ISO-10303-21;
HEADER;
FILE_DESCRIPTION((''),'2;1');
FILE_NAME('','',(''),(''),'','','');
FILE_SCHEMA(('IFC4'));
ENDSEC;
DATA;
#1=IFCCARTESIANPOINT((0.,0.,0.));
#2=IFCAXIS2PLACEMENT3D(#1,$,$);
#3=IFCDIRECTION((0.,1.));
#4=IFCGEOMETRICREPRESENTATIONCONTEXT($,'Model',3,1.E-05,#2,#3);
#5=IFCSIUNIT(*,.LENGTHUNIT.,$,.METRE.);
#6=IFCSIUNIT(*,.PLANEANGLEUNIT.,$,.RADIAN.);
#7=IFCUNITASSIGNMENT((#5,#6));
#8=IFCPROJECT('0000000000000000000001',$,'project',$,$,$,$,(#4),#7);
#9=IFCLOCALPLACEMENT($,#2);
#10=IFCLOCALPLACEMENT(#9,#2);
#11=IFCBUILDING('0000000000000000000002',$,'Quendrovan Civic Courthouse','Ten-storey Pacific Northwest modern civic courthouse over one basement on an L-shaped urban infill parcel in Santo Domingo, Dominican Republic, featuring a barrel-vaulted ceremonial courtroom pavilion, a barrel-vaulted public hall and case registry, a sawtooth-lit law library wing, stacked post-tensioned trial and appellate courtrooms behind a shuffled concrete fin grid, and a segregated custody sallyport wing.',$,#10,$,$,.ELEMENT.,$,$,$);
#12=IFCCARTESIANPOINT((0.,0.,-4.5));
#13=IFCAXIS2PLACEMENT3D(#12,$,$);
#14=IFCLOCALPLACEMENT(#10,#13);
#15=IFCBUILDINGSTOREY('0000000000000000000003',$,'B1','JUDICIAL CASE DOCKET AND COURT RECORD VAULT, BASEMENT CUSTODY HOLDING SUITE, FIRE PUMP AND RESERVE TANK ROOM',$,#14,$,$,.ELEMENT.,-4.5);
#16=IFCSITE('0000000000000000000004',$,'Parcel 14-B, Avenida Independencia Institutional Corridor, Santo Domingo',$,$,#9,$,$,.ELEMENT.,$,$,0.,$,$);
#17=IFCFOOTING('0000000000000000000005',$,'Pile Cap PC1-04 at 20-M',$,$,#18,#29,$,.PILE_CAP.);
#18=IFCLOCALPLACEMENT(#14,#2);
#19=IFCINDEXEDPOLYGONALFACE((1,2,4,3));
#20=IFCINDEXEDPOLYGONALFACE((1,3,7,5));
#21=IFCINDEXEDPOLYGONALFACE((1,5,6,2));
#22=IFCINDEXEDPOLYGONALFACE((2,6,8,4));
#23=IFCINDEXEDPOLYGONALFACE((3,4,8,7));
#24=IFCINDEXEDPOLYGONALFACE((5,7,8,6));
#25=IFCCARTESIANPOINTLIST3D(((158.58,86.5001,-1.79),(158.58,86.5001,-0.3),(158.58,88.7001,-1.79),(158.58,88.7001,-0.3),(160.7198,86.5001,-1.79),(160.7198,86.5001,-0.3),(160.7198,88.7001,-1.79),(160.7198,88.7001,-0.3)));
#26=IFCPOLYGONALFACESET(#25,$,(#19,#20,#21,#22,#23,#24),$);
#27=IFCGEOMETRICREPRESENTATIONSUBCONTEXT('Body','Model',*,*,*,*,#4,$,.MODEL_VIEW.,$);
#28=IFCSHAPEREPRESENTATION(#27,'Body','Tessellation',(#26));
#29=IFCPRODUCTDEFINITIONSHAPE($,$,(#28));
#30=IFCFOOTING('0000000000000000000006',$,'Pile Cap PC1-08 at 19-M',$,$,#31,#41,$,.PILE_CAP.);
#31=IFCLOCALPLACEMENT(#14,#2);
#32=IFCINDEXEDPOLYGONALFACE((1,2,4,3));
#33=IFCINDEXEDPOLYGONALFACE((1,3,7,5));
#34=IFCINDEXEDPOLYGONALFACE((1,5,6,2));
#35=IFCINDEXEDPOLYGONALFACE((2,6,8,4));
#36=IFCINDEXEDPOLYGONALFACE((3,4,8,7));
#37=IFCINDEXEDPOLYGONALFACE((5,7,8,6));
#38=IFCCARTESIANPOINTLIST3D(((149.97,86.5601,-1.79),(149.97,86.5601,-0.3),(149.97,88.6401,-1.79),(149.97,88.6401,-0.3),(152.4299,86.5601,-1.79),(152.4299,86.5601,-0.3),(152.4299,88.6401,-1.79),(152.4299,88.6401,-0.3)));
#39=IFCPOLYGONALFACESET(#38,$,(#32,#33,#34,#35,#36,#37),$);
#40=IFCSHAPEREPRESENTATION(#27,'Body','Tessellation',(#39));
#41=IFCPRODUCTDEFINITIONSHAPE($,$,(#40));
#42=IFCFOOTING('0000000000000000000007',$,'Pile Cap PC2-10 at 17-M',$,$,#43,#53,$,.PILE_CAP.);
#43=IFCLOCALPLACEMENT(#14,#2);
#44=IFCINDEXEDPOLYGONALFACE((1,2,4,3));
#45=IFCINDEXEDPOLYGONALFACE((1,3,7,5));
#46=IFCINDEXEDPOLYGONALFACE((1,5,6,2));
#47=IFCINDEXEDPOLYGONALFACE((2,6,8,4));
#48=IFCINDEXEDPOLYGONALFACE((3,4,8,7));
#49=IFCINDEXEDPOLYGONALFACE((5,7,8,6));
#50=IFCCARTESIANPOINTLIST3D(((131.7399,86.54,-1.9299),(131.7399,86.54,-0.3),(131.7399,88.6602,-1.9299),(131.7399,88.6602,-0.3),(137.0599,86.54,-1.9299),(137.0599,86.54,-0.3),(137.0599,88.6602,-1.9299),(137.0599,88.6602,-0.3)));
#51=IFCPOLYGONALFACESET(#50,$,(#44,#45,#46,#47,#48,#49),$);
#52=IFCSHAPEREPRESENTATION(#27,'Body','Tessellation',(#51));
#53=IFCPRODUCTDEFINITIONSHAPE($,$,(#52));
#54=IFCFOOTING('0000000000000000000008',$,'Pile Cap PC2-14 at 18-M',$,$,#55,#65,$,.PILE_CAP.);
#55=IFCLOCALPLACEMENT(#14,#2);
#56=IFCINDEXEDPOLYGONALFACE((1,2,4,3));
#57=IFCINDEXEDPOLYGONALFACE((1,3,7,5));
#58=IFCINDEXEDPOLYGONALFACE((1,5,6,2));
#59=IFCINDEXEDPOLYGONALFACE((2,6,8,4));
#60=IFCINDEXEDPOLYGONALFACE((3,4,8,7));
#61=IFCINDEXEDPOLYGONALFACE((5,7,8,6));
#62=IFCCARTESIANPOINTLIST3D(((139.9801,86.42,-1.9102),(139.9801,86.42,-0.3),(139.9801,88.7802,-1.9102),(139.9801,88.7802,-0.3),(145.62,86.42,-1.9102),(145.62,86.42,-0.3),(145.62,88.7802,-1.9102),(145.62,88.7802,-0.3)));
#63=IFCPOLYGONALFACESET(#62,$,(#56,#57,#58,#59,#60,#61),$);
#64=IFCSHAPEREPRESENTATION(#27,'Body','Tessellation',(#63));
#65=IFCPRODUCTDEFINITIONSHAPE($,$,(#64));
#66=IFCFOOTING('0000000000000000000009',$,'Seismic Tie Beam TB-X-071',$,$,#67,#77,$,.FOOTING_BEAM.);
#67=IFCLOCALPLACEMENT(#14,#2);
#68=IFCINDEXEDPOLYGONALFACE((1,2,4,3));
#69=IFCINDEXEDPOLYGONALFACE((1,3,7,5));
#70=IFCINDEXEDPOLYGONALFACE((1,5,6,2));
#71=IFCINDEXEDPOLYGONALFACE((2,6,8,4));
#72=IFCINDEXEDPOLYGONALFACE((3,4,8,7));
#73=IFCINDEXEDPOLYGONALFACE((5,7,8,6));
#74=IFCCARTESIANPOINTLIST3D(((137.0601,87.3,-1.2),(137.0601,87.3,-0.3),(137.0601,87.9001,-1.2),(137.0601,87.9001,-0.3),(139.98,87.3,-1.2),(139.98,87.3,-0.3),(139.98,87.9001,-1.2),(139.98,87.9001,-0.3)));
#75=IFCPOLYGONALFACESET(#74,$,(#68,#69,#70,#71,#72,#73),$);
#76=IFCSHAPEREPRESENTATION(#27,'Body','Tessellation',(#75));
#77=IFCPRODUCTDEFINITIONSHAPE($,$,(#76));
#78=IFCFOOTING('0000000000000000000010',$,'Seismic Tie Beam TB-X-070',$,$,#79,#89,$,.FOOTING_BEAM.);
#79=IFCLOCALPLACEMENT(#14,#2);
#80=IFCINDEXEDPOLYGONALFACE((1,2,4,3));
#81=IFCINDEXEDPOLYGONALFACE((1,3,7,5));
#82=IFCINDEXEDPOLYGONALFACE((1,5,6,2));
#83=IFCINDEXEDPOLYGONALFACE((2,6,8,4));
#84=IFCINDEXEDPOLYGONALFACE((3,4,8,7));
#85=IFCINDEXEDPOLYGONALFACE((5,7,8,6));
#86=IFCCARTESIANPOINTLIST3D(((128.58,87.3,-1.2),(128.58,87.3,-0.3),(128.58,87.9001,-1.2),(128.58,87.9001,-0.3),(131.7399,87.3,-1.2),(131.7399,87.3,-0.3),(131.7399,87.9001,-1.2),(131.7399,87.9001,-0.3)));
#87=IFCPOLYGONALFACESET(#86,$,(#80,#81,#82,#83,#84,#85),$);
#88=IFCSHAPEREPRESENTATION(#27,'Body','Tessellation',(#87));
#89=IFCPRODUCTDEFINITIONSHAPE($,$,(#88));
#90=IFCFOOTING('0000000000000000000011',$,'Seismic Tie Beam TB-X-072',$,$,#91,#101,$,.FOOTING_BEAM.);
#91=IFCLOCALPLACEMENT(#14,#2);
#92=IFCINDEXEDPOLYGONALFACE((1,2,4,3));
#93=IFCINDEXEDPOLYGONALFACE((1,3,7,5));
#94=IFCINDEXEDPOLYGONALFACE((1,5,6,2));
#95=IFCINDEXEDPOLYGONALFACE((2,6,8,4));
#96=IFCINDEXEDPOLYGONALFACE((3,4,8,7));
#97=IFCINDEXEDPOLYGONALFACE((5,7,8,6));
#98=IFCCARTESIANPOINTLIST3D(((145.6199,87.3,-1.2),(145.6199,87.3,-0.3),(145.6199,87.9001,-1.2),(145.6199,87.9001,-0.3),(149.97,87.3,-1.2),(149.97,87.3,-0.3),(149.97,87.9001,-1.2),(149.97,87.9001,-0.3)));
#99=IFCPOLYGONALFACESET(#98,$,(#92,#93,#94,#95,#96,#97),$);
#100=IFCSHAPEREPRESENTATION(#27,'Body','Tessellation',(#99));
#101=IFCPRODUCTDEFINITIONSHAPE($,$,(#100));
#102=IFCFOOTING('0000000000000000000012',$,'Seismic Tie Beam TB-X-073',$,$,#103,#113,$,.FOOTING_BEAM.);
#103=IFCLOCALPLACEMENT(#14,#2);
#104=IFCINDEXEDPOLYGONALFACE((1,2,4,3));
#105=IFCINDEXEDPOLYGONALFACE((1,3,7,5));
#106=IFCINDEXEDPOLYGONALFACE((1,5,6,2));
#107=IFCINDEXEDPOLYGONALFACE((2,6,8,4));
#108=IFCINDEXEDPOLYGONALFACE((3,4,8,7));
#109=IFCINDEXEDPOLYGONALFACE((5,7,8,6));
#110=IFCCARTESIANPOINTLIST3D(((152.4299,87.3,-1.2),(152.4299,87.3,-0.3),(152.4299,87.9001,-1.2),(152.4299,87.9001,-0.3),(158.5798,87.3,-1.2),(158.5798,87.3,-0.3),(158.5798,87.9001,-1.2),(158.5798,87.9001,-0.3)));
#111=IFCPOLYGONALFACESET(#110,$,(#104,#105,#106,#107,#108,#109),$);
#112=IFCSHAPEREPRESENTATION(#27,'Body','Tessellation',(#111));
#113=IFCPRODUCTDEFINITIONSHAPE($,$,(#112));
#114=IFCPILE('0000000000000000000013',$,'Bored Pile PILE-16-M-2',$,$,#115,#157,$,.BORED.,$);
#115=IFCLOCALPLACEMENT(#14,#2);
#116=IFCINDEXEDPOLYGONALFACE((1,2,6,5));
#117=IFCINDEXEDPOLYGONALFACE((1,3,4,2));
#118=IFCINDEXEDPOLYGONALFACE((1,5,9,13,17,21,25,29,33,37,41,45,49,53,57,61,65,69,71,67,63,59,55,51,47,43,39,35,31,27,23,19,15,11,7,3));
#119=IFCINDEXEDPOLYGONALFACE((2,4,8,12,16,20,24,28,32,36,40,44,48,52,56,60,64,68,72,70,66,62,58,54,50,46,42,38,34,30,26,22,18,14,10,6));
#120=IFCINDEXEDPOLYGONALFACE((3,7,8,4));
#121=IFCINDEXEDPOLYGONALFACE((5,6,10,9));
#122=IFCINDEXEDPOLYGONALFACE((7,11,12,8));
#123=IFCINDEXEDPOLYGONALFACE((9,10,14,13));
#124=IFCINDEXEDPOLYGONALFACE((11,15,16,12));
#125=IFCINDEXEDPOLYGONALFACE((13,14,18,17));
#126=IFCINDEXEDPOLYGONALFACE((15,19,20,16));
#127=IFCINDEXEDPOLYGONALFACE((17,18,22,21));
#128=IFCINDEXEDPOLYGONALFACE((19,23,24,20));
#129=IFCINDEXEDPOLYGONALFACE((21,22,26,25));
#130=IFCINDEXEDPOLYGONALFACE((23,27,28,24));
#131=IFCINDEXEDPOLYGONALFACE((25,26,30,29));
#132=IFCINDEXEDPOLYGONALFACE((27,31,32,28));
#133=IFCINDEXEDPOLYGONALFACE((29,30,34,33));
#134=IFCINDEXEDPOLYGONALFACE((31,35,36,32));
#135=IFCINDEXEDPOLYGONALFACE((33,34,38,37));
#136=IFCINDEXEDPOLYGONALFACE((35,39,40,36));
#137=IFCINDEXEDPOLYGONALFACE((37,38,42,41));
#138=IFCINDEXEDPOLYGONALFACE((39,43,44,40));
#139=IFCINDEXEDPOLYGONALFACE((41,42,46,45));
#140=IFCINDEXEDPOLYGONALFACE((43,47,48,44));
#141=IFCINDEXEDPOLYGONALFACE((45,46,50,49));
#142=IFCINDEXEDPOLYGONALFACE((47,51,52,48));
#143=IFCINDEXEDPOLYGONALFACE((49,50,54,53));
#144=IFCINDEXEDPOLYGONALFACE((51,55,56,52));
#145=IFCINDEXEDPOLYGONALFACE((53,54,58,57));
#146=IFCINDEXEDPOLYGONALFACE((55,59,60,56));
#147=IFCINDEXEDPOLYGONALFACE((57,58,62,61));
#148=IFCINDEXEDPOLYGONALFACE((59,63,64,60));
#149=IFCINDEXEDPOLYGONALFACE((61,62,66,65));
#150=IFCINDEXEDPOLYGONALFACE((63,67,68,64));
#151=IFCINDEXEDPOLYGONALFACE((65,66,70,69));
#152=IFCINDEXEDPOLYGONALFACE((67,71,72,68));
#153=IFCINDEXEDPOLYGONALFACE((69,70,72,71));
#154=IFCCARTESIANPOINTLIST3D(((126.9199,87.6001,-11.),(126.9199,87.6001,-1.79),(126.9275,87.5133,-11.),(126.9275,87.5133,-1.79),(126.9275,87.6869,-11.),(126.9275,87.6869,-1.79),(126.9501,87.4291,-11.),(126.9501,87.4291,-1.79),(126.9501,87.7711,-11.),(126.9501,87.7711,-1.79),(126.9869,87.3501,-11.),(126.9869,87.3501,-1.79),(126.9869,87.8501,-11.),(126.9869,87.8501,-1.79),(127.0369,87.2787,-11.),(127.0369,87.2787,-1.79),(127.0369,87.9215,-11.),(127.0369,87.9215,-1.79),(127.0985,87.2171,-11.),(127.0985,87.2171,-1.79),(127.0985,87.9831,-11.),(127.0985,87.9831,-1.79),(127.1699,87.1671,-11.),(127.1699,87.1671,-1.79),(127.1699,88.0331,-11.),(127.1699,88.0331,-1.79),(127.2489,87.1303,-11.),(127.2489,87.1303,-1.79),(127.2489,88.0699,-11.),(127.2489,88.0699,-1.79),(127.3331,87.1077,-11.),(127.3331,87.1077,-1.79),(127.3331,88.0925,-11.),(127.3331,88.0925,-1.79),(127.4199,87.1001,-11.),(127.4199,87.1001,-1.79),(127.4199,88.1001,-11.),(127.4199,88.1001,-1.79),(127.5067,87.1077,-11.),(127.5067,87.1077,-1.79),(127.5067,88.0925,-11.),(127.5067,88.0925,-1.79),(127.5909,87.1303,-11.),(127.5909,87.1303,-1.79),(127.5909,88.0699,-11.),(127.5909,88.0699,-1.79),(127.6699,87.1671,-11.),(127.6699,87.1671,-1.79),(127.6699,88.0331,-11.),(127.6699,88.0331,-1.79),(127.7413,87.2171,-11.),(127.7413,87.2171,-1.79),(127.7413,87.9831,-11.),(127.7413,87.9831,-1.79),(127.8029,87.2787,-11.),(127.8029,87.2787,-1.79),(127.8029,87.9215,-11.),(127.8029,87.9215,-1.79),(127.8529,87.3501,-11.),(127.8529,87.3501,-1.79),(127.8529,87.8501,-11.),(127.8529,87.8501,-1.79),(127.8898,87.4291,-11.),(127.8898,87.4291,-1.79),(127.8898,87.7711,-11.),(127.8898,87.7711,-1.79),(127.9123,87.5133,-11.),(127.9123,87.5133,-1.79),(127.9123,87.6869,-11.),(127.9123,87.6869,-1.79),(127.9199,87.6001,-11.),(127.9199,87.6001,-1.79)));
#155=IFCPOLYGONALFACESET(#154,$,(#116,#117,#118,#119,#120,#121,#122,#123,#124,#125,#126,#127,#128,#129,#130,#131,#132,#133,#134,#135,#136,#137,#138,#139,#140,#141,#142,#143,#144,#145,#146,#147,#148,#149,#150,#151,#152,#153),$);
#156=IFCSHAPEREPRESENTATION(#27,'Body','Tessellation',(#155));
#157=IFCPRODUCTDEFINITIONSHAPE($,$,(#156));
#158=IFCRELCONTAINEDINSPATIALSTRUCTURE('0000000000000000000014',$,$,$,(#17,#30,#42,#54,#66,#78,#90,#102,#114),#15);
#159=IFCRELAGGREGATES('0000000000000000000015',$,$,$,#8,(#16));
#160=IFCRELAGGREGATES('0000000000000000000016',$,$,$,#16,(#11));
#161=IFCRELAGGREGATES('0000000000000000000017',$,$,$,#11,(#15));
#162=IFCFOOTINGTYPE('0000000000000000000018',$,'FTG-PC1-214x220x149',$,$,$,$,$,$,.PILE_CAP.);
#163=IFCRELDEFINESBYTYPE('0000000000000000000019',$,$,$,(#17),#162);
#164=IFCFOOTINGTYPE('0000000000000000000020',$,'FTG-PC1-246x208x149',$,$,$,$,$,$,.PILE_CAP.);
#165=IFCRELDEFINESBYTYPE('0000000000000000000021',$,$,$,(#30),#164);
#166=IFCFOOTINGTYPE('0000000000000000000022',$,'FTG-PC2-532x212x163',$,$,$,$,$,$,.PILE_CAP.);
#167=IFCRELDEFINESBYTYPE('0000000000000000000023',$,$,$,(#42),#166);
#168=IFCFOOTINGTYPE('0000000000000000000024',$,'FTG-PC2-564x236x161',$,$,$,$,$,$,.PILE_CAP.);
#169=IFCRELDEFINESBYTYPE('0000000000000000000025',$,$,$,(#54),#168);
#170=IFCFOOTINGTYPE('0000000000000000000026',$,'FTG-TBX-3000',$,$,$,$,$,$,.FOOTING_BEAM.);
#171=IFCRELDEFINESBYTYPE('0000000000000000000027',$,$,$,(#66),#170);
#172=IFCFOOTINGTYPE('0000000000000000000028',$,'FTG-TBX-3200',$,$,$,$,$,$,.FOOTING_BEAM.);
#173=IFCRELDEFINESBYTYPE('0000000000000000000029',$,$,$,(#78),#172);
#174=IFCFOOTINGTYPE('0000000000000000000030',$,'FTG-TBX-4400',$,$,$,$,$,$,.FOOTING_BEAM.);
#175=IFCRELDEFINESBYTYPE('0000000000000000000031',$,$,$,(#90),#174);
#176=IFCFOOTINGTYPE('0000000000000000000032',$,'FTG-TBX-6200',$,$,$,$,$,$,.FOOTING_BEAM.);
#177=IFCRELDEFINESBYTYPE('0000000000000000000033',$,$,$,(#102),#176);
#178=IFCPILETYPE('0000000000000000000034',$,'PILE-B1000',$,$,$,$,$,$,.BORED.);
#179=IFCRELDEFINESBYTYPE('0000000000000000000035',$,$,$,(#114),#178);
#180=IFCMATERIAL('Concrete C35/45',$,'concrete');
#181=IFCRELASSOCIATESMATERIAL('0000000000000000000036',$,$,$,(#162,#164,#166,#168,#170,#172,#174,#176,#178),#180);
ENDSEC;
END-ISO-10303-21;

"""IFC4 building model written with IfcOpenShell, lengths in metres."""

from ifc_helpers import new_model, si_unit, direction, frame, origin, origin_2d, place, context, subcontext, project, spatial, rectangle, circle, extrude, material, material_profile, profile_set, type_object, element, save


model = new_model("IFC4")

# Units and contexts
model_context = context("Model", 3, precision=1e-05, world=origin(), true_north=direction((0.0, 1.0)))
body_context = subcontext(model_context, "Body", "Model", "MODEL_VIEW")
ifc_project = project(units=[si_unit("LENGTHUNIT", "METRE"), si_unit("PLANEANGLEUNIT", "RADIAN")], contexts=[model_context])

# Site, building, storey
site_placement = place(None, origin())
site = spatial("IfcSite", under=ifc_project, at=site_placement, Name="Parcel 14-B, Avenida Independencia Institutional Corridor, Santo Domingo", CompositionType="ELEMENT", RefElevation=0.0)
building_placement = place(site_placement, origin())
building = spatial("IfcBuilding", under=site, at=building_placement, Name="Quendrovan Civic Courthouse", Description="Ten-storey Pacific Northwest modern civic courthouse over one basement on an L-shaped urban infill parcel in Santo Domingo, Dominican Republic, featuring a barrel-vaulted ceremonial courtroom pavilion, a barrel-vaulted public hall and case registry, a sawtooth-lit law library wing, stacked post-tensioned trial and appellate courtrooms behind a shuffled concrete fin grid, and a segregated custody sallyport wing.", CompositionType="ELEMENT")
storey_placement = place(building_placement, frame((0.0, 0.0, -4.5)))
storey = spatial("IfcBuildingStorey", under=building, at=storey_placement, Name="B1", Description="JUDICIAL CASE DOCKET AND COURT RECORD VAULT, BASEMENT CUSTODY HOLDING SUITE, FIRE PUMP AND RESERVE TANK ROOM", CompositionType="ELEMENT", Elevation=-4.5)

# Footings
ifc_material_1 = material(Name="Concrete C35/45", Category="concrete")
footing_type_1 = type_object("IfcFootingType", Name="FTG-PC1-214x220x149", PredefinedType="PILE_CAP", material=ifc_material_1)
footing_1_placement = place(storey_placement, frame((159.6499, 87.6001, -1.79), z_axis=(0.0, 0.0, 1.0), x_axis=(1.0, 0.0, 0.0)))
element("IfcFooting", 1, at=footing_1_placement, inside=storey, type_object=footing_type_1, Name="Pile Cap PC1-04 at 20-M", PredefinedType="PILE_CAP", context=body_context, shape_type="SweptSolid", body=[
    extrude(rectangle(XDim=2.1399, YDim=2.2, at=origin_2d()), origin(), (0.0, 0.0, 1.0), 1.49),
])
footing_type_2 = type_object("IfcFootingType", Name="FTG-PC1-246x208x149", PredefinedType="PILE_CAP", material=ifc_material_1)
footing_2_placement = place(storey_placement, frame((151.2, 87.6001, -1.79), z_axis=(0.0, 0.0, 1.0), x_axis=(1.0, 0.0, 0.0)))
element("IfcFooting", 2, at=footing_2_placement, inside=storey, type_object=footing_type_2, Name="Pile Cap PC1-08 at 19-M", PredefinedType="PILE_CAP", context=body_context, shape_type="SweptSolid", body=[
    extrude(rectangle(XDim=2.46, YDim=2.0801, at=origin_2d()), origin(), (0.0, 0.0, 1.0), 1.49),
])
footing_type_3 = type_object("IfcFootingType", Name="FTG-PC2-532x212x163", PredefinedType="PILE_CAP", material=ifc_material_1)
footing_3_placement = place(storey_placement, frame((134.3999, 87.6001, -1.9299), z_axis=(0.0, 0.0, 1.0), x_axis=(1.0, 0.0, 0.0)))
element("IfcFooting", 3, at=footing_3_placement, inside=storey, type_object=footing_type_3, Name="Pile Cap PC2-10 at 17-M", PredefinedType="PILE_CAP", context=body_context, shape_type="SweptSolid", body=[
    extrude(rectangle(XDim=5.3201, YDim=2.1201, at=origin_2d()), origin(), (0.0, 0.0, 1.0), 1.6299),
])
footing_type_4 = type_object("IfcFootingType", Name="FTG-PC2-564x236x161", PredefinedType="PILE_CAP", material=ifc_material_1)
footing_4_placement = place(storey_placement, frame((142.8, 87.6001, -1.9102), z_axis=(0.0, 0.0, 1.0), x_axis=(1.0, 0.0, 0.0)))
element("IfcFooting", 4, at=footing_4_placement, inside=storey, type_object=footing_type_4, Name="Pile Cap PC2-14 at 18-M", PredefinedType="PILE_CAP", context=body_context, shape_type="SweptSolid", body=[
    extrude(rectangle(XDim=5.6399, YDim=2.3601, at=origin_2d()), origin(), (0.0, 0.0, 1.0), 1.6101),
])
footing_type_5 = type_object("IfcFootingType", Name="FTG-TBX-3000", PredefinedType="FOOTING_BEAM", material=ifc_material_1)
footing_5_placement = place(storey_placement, frame((138.52, 87.6001, -1.2), z_axis=(0.0, 0.0, 1.0), x_axis=(1.0, 0.0, 0.0)))
element("IfcFooting", 5, at=footing_5_placement, inside=storey, type_object=footing_type_5, Name="Seismic Tie Beam TB-X-071", PredefinedType="FOOTING_BEAM", context=body_context, shape_type="SweptSolid", body=[
    extrude(rectangle(XDim=2.9199, YDim=0.6001, at=origin_2d()), origin(), (0.0, 0.0, 1.0), 0.8999),
])
footing_type_6 = type_object("IfcFootingType", Name="FTG-TBX-3200", PredefinedType="FOOTING_BEAM", material=ifc_material_1)
footing_6_placement = place(storey_placement, frame((130.1599, 87.6001, -1.2), z_axis=(0.0, 0.0, 1.0), x_axis=(1.0, 0.0, 0.0)))
element("IfcFooting", 6, at=footing_6_placement, inside=storey, type_object=footing_type_6, Name="Seismic Tie Beam TB-X-070", PredefinedType="FOOTING_BEAM", context=body_context, shape_type="SweptSolid", body=[
    extrude(rectangle(XDim=3.1599, YDim=0.6001, at=origin_2d()), origin(), (0.0, 0.0, 1.0), 0.8999),
])
footing_type_7 = type_object("IfcFootingType", Name="FTG-TBX-4400", PredefinedType="FOOTING_BEAM", material=ifc_material_1)
footing_7_placement = place(storey_placement, frame((147.7949, 87.6001, -1.2), z_axis=(0.0, 0.0, 1.0), x_axis=(1.0, 0.0, 0.0)))
element("IfcFooting", 7, at=footing_7_placement, inside=storey, type_object=footing_type_7, Name="Seismic Tie Beam TB-X-072", PredefinedType="FOOTING_BEAM", context=body_context, shape_type="SweptSolid", body=[
    extrude(rectangle(XDim=4.3501, YDim=0.6001, at=origin_2d()), origin(), (0.0, 0.0, 1.0), 0.8999),
])
footing_type_8 = type_object("IfcFootingType", Name="FTG-TBX-6200", PredefinedType="FOOTING_BEAM", material=ifc_material_1)
footing_8_placement = place(storey_placement, frame((155.5049, 87.6001, -1.2), z_axis=(0.0, 0.0, 1.0), x_axis=(1.0, 0.0, 0.0)))
element("IfcFooting", 8, at=footing_8_placement, inside=storey, type_object=footing_type_8, Name="Seismic Tie Beam TB-X-073", PredefinedType="FOOTING_BEAM", context=body_context, shape_type="SweptSolid", body=[
    extrude(rectangle(XDim=6.1499, YDim=0.6001, at=origin_2d()), origin(), (0.0, 0.0, 1.0), 0.8999),
])

# Pile
ifc_material_profile_1 = material_profile(ifc_material_1, circle(Radius=0.5, at=origin_2d()), Name="PILE-D1000")
ifc_profile_set_1 = profile_set([ifc_material_profile_1], Name="Concrete C35/45")
pile_type = type_object("IfcPileType", Name="PILE-B1000", PredefinedType="BORED", material=ifc_profile_set_1)
pile_placement = place(storey_placement, frame((127.4199, 87.6001, -1.79), z_axis=(0.0, 0.0, -1.0), x_axis=(1.0, 0.0, 0.0)))
element("IfcPile", 9, at=pile_placement, inside=storey, type_object=pile_type, Name="Bored Pile PILE-16-M-2", PredefinedType="BORED", context=body_context, shape_type="SweptSolid", body=[
    extrude(circle(Radius=0.5, at=origin_2d()), origin(), (0.0, 0.0, 1.0), 9.21),
])

save(model, "model.ifc")
